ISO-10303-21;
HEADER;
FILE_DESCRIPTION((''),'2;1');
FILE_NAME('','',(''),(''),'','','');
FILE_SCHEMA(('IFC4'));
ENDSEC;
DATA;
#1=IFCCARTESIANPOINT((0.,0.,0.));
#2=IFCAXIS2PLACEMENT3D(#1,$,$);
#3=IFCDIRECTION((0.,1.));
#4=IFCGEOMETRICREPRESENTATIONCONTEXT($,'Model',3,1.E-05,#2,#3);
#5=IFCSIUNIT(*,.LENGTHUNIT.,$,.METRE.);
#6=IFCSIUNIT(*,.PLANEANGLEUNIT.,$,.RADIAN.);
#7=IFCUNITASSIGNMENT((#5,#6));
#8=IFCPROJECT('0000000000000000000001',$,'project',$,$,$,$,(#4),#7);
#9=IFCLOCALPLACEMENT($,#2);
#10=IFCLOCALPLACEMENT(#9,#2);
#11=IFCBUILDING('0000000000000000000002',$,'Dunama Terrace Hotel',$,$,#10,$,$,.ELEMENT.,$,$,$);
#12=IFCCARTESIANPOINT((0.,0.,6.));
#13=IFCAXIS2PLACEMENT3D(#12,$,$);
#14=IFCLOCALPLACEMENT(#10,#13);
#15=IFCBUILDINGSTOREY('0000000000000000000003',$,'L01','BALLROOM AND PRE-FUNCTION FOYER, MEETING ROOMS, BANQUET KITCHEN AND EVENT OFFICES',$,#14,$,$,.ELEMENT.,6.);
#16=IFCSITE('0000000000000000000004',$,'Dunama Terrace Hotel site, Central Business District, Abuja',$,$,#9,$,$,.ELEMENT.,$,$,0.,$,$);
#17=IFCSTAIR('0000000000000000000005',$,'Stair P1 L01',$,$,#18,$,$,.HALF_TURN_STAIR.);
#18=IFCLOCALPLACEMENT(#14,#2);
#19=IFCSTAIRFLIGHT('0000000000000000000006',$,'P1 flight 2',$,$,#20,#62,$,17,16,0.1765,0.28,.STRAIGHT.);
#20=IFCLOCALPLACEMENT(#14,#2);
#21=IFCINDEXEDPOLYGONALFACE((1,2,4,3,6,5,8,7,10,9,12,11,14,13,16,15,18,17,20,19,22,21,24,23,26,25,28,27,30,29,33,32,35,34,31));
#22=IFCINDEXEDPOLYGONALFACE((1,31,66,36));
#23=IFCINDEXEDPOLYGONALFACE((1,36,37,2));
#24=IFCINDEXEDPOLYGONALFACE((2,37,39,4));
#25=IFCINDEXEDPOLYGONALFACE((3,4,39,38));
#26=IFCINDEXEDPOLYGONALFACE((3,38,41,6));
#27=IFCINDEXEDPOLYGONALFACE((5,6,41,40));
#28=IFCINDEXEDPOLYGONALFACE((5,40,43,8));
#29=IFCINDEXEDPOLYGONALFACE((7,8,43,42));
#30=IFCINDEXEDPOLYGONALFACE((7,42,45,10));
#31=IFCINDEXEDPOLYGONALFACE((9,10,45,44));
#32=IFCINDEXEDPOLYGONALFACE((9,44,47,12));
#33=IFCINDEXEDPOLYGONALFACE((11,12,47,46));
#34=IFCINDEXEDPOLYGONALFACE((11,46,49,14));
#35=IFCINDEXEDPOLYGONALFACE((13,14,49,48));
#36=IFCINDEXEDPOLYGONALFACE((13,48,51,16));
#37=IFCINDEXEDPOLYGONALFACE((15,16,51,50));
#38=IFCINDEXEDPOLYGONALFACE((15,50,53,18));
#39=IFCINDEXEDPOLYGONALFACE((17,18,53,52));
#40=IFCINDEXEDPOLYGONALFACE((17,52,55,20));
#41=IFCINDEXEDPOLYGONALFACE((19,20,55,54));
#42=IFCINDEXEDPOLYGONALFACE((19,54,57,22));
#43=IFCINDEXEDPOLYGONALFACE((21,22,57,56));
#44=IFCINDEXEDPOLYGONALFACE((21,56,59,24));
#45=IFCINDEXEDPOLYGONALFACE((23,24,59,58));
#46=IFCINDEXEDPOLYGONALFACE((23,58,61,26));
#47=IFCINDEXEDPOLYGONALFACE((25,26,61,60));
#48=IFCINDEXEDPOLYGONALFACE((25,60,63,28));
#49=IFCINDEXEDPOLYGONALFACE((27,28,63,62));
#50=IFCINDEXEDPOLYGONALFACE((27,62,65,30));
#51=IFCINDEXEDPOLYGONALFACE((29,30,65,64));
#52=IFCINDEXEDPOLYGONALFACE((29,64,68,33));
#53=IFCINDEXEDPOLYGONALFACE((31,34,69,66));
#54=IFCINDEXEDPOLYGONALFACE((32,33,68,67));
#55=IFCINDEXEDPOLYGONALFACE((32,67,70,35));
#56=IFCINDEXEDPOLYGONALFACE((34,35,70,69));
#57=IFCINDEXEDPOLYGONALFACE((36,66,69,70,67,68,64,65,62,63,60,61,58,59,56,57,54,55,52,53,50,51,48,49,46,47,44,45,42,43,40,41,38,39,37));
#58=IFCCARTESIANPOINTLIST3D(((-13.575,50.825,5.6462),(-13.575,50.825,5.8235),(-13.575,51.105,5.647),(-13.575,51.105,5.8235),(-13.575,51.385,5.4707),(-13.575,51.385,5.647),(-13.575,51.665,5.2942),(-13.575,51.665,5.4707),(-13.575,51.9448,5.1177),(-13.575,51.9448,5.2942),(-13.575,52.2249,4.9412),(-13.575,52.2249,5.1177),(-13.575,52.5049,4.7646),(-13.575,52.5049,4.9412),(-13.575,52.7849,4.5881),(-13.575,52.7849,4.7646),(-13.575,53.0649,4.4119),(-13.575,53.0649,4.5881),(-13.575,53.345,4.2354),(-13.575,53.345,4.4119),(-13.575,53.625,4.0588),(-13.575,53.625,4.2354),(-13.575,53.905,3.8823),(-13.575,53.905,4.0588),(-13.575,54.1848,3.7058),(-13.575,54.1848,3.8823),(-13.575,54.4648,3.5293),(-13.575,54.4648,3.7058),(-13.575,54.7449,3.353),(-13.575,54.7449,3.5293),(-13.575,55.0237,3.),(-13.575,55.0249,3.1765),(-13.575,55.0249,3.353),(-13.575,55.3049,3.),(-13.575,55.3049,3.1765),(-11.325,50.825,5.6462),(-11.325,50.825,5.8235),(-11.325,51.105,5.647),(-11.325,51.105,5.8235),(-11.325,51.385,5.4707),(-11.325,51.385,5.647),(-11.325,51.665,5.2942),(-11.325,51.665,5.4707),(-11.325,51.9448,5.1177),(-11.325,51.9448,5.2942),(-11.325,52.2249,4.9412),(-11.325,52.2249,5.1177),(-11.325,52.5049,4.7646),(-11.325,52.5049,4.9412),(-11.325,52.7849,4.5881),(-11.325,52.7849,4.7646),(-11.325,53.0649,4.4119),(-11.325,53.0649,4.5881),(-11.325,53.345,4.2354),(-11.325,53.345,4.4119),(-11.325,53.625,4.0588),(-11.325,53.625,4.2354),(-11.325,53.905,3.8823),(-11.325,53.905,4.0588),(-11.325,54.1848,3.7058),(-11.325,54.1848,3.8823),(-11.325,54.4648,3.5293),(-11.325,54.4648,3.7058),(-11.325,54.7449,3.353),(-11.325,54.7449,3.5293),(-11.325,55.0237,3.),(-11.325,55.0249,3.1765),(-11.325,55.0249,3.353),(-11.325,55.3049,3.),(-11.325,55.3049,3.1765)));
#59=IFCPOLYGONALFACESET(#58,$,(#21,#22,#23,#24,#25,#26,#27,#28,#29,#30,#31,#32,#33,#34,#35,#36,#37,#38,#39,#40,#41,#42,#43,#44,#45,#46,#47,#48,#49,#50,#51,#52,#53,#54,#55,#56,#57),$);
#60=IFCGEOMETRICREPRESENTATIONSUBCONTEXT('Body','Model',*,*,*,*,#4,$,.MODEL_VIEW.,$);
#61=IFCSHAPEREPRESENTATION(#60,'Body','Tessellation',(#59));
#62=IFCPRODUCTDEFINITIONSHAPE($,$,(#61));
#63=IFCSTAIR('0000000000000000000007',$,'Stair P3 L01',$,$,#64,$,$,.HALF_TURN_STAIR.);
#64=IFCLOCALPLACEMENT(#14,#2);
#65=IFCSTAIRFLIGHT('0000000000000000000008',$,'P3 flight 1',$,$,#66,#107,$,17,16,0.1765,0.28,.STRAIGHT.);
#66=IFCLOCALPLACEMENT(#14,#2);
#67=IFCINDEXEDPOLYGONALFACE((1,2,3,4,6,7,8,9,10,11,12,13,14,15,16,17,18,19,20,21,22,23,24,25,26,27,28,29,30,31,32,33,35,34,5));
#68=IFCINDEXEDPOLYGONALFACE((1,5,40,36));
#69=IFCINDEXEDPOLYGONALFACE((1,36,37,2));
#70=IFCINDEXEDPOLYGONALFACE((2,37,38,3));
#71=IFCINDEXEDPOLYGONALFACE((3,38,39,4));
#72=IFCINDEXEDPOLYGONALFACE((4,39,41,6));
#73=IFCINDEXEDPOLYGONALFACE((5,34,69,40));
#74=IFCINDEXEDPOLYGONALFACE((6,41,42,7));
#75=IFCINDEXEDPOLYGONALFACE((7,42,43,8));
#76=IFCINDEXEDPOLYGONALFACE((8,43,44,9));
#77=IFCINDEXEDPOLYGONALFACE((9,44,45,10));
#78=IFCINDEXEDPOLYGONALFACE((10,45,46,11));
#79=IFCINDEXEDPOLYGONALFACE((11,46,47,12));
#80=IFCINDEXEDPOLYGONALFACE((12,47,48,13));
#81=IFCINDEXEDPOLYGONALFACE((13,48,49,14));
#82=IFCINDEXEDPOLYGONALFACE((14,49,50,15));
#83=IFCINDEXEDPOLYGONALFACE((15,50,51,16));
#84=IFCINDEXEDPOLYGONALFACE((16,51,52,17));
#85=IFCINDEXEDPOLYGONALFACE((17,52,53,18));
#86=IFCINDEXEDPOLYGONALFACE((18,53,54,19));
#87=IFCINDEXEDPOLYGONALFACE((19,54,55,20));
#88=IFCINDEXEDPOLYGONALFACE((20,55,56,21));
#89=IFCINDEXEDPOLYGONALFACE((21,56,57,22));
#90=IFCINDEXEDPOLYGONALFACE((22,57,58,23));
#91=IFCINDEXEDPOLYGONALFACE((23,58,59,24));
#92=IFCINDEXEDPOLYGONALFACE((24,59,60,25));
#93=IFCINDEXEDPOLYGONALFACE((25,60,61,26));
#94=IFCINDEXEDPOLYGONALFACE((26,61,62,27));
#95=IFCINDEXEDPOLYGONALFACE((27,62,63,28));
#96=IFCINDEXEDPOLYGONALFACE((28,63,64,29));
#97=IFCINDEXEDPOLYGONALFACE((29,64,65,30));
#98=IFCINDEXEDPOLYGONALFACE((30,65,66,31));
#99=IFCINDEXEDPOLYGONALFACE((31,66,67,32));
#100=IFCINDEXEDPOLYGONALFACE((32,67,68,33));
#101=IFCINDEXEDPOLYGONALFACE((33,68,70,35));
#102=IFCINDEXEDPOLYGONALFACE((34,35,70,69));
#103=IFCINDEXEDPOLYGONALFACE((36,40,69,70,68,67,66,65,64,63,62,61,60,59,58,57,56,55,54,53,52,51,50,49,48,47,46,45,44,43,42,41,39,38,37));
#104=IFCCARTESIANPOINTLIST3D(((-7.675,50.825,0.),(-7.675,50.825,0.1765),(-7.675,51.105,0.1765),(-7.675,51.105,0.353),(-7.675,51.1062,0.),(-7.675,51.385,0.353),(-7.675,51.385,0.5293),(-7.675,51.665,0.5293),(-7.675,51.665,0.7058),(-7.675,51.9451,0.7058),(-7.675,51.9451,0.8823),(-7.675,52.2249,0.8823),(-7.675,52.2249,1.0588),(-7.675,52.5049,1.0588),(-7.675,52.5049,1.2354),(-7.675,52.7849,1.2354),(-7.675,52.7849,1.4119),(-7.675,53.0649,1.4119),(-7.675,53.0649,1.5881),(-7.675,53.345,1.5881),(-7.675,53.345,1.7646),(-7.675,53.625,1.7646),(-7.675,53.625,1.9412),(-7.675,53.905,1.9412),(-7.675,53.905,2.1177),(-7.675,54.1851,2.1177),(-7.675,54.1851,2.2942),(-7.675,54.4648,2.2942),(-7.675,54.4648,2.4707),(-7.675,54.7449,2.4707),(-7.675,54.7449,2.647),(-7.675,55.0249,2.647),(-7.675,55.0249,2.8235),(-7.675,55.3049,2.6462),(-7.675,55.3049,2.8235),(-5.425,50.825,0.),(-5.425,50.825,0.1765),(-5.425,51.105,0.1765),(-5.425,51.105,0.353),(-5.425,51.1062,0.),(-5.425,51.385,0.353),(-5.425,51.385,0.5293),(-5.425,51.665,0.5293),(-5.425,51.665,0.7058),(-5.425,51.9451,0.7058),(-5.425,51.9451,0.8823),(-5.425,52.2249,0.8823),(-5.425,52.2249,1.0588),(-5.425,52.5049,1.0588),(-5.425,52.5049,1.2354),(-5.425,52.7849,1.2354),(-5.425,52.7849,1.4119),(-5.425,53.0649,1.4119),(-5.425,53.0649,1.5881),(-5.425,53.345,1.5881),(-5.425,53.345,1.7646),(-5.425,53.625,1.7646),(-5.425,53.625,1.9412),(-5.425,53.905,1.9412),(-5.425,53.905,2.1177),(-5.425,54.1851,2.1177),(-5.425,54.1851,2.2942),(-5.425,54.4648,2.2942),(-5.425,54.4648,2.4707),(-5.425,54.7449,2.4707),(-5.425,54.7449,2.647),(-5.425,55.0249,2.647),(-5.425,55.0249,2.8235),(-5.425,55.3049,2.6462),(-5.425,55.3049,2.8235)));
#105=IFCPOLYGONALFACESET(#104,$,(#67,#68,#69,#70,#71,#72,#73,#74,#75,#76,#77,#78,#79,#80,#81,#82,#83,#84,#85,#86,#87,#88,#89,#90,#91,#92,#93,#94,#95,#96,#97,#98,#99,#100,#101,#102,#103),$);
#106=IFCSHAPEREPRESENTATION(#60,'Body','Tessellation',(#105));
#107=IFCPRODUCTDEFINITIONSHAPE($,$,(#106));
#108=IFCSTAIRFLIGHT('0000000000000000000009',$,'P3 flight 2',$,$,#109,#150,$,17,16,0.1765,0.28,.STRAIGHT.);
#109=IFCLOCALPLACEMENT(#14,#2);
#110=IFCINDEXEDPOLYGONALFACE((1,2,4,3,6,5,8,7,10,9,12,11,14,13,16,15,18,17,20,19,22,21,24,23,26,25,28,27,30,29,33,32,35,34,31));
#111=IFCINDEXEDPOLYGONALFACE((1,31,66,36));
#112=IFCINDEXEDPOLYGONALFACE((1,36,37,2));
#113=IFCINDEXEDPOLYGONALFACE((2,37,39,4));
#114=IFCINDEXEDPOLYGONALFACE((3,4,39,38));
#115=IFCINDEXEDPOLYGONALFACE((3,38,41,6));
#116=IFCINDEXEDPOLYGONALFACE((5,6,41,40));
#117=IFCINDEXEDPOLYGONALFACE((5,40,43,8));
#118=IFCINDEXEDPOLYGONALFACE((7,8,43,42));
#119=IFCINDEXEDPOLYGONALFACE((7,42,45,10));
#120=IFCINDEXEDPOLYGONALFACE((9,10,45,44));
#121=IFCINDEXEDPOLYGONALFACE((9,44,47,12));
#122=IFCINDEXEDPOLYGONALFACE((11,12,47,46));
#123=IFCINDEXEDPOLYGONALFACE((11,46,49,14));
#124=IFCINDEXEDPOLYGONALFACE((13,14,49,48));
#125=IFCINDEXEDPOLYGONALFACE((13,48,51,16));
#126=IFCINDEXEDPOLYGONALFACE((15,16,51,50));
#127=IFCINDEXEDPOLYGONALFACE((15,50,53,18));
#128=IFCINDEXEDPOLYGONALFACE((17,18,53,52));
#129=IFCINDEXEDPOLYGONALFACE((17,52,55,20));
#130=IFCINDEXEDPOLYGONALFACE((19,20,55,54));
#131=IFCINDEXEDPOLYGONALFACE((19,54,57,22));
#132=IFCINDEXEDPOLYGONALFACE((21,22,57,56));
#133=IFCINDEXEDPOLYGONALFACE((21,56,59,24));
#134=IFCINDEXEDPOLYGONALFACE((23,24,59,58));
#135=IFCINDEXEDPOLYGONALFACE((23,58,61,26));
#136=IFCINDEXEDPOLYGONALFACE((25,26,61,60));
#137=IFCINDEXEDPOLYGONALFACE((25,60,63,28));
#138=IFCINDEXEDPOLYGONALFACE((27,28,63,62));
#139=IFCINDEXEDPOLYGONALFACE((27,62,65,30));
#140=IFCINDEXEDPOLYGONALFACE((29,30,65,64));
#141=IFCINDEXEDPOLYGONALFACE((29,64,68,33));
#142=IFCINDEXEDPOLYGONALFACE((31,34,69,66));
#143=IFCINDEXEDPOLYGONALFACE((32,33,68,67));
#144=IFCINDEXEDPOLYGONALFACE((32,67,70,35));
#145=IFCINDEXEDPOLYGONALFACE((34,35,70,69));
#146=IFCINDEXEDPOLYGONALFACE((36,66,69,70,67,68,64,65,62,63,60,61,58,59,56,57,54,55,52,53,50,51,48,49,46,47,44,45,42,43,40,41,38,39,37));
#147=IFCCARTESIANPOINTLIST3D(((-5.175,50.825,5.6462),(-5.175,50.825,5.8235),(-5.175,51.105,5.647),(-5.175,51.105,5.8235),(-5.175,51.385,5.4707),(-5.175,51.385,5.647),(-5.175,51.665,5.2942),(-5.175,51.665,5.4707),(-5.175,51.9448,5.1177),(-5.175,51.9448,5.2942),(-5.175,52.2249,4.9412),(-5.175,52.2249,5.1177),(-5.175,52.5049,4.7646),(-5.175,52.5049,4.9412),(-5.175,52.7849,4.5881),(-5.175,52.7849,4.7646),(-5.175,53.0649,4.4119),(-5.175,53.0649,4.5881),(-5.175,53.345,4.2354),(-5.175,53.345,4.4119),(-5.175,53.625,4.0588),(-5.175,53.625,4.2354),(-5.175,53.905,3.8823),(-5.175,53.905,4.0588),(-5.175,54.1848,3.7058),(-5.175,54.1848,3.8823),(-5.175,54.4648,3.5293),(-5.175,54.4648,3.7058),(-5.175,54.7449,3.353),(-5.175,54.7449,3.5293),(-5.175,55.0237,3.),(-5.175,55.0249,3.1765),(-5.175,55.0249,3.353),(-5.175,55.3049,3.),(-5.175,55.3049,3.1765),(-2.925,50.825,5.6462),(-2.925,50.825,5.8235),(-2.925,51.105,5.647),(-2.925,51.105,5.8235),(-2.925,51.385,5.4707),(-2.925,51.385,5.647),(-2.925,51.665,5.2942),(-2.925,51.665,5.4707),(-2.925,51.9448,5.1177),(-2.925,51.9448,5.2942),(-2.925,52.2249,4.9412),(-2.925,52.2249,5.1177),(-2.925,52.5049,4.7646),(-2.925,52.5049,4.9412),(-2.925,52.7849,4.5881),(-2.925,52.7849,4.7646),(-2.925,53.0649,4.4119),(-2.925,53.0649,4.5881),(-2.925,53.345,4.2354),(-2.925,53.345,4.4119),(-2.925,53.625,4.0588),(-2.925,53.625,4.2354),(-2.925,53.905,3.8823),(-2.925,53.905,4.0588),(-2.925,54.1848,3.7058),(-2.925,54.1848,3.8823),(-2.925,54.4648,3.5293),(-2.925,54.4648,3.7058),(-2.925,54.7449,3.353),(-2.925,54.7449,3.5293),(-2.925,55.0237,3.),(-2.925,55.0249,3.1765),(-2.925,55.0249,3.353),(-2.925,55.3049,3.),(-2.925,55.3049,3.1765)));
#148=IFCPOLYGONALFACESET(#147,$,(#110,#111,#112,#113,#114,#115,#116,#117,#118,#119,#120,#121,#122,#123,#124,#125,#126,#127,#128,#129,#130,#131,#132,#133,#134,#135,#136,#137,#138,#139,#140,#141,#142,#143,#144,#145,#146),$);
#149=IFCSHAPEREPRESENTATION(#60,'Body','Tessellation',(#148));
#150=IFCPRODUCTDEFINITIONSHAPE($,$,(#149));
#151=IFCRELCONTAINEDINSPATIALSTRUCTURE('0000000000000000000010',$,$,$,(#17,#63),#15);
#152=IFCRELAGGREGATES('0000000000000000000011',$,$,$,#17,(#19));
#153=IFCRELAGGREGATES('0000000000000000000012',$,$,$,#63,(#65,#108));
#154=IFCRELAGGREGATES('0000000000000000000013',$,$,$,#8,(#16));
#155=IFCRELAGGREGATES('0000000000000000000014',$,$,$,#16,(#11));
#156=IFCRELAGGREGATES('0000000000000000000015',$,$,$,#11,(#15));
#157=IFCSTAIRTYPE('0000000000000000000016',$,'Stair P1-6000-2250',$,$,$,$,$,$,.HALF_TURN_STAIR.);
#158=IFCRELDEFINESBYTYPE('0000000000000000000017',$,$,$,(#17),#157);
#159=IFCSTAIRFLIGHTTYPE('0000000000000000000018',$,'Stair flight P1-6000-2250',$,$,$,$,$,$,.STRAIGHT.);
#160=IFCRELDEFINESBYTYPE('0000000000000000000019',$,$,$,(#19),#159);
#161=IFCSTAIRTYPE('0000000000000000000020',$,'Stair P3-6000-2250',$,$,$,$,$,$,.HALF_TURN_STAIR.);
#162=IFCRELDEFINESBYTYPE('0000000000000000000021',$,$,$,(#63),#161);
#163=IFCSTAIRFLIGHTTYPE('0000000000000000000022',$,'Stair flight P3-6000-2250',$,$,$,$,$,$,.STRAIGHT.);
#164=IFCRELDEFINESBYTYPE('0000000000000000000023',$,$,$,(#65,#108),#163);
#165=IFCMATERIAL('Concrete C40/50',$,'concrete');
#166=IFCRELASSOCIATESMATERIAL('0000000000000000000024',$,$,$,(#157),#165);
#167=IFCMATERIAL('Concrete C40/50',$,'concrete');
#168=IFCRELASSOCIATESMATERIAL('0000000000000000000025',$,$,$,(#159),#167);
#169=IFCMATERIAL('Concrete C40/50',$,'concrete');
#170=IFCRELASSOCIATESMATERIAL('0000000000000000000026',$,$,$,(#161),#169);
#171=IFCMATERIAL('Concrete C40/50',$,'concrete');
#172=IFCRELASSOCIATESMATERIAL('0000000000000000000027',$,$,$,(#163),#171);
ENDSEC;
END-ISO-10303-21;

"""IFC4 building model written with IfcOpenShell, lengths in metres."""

from ifc_helpers import new_model, si_unit, direction, frame, origin, place, context, subcontext, project, spatial, polyline, outline, extrude, material, type_object, element, aggregate, save


model = new_model("IFC4")

# Units and contexts
model_context = context("Model", 3, precision=1e-05, world=origin(), true_north=direction((0.0, 1.0)))
body_context = subcontext(model_context, "Body", "Model", "MODEL_VIEW")
ifc_project = project(units=[si_unit("LENGTHUNIT", "METRE"), si_unit("PLANEANGLEUNIT", "RADIAN")], contexts=[model_context])

# Site, building, storey
site_placement = place(None, origin())
site = spatial("IfcSite", under=ifc_project, at=site_placement, Name="Dunama Terrace Hotel site, Central Business District, Abuja", CompositionType="ELEMENT", RefElevation=0.0)
building_placement = place(site_placement, origin())
building = spatial("IfcBuilding", under=site, at=building_placement, Name="Dunama Terrace Hotel", CompositionType="ELEMENT")
storey_placement = place(building_placement, frame((0.0, 0.0, 6.0)))
storey = spatial("IfcBuildingStorey", under=building, at=storey_placement, Name="L01", Description="BALLROOM AND PRE-FUNCTION FOYER, MEETING ROOMS, BANQUET KITCHEN AND EVENT OFFICES", CompositionType="ELEMENT", Elevation=6.0)

# Stair, stair flight
ifc_material_1 = material(Name="Concrete C40/50", Category="concrete")
stair_type_1 = type_object("IfcStairType", Name="Stair P1-6000-2250", PredefinedType="HALF_TURN_STAIR", material=ifc_material_1)
stair_1_placement = place(storey_placement, origin())
stair_1 = element("IfcStair", 1, at=stair_1_placement, inside=storey, type_object=stair_type_1, Name="Stair P1 L01", PredefinedType="HALF_TURN_STAIR")
ifc_material_2 = material(Name="Concrete C40/50", Category="concrete")
stair_flight_type_1 = type_object("IfcStairFlightType", Name="Stair flight P1-6000-2250", PredefinedType="STRAIGHT", material=ifc_material_2)
stair_flight_1_placement = place(storey_placement, frame((-12.45, 55.3049, 3.0), z_axis=(0.0, 0.0, 1.0), x_axis=(0.0, -1.0, 0.0)))
stair_flight_1 = element("IfcStairFlight", 2, at=stair_flight_1_placement, type_object=stair_flight_type_1, Name="P1 flight 2", NumberOfRisers=17, NumberOfTreads=16, PredefinedType="STRAIGHT", RiserHeight=0.1765, TreadLength=0.28, context=body_context, shape_type="SweptSolid", body=[
    extrude(outline(polyline([(0.0, 0.0), (0.0, 0.1765), (0.28, 0.1765), (0.28, 0.353), (0.5601, 0.353), (0.5601, 0.5293), (0.8401, 0.5293), (0.8401, 0.7058), (1.1201, 0.7058), (1.1201, 0.8823), (1.3999, 0.8823), (1.3999, 1.0588), (1.6799, 1.0588), (1.6799, 1.2354), (1.96, 1.2354), (1.96, 1.4119), (2.24, 1.4119), (2.24, 1.5881), (2.52, 1.5881), (2.52, 1.7646), (2.8, 1.7646), (2.8, 1.9412), (3.0801, 1.9412), (3.0801, 2.1177), (3.3601, 2.1177), (3.3601, 2.2942), (3.6399, 2.2942), (3.6399, 2.4707), (3.9199, 2.4707), (3.9199, 2.647), (4.2, 2.647), (4.2, 2.8235), (4.48, 2.8235), (4.48, 3.0), (4.48, 2.6462), (0.2812, 0.0), (0.0, 0.0)])), frame((0.0, 1.125, 0.0), z_axis=(0.0, -1.0, 0.0), x_axis=(1.0, 0.0, 0.0)), (0.0, 0.0, 1.0), 2.25),
])
aggregate(stair_1, [stair_flight_1])

# Stair, stair flights
ifc_material_3 = material(Name="Concrete C40/50", Category="concrete")
stair_type_2 = type_object("IfcStairType", Name="Stair P3-6000-2250", PredefinedType="HALF_TURN_STAIR", material=ifc_material_3)
stair_2_placement = place(storey_placement, origin())
stair_2 = element("IfcStair", 3, at=stair_2_placement, inside=storey, type_object=stair_type_2, Name="Stair P3 L01", PredefinedType="HALF_TURN_STAIR")
ifc_material_4 = material(Name="Concrete C40/50", Category="concrete")
stair_flight_type_2 = type_object("IfcStairFlightType", Name="Stair flight P3-6000-2250", PredefinedType="STRAIGHT", material=ifc_material_4)
stair_flight_2_placement = place(storey_placement, frame((-6.55, 50.825, 0.0), z_axis=(0.0, 0.0, 1.0), x_axis=(0.0, 1.0, 0.0)))
stair_flight_2 = element("IfcStairFlight", 4, at=stair_flight_2_placement, type_object=stair_flight_type_2, Name="P3 flight 1", NumberOfRisers=17, NumberOfTreads=16, PredefinedType="STRAIGHT", RiserHeight=0.1765, TreadLength=0.28, context=body_context, shape_type="SweptSolid", body=[
    extrude(outline(polyline([(0.0, 0.0), (0.0, 0.1765), (0.28, 0.1765), (0.28, 0.353), (0.5601, 0.353), (0.5601, 0.5293), (0.8401, 0.5293), (0.8401, 0.7058), (1.1201, 0.7058), (1.1201, 0.8823), (1.3999, 0.8823), (1.3999, 1.0588), (1.6799, 1.0588), (1.6799, 1.2354), (1.96, 1.2354), (1.96, 1.4119), (2.24, 1.4119), (2.24, 1.5881), (2.52, 1.5881), (2.52, 1.7646), (2.8, 1.7646), (2.8, 1.9412), (3.0801, 1.9412), (3.0801, 2.1177), (3.3601, 2.1177), (3.3601, 2.2942), (3.6399, 2.2942), (3.6399, 2.4707), (3.9199, 2.4707), (3.9199, 2.647), (4.2, 2.647), (4.2, 2.8235), (4.48, 2.8235), (4.48, 3.0), (4.48, 2.6462), (0.2812, 0.0), (0.0, 0.0)])), frame((0.0, 1.125, 0.0), z_axis=(0.0, -1.0, 0.0), x_axis=(1.0, 0.0, 0.0)), (0.0, 0.0, 1.0), 2.25),
])
stair_flight_3_placement = place(storey_placement, frame((-4.05, 55.3049, 3.0), z_axis=(0.0, 0.0, 1.0), x_axis=(0.0, -1.0, 0.0)))
stair_flight_3 = element("IfcStairFlight", 5, at=stair_flight_3_placement, type_object=stair_flight_type_2, Name="P3 flight 2", NumberOfRisers=17, NumberOfTreads=16, PredefinedType="STRAIGHT", RiserHeight=0.1765, TreadLength=0.28, context=body_context, shape_type="SweptSolid", body=[
    extrude(outline(polyline([(0.0, 0.0), (0.0, 0.1765), (0.28, 0.1765), (0.28, 0.353), (0.5601, 0.353), (0.5601, 0.5293), (0.8401, 0.5293), (0.8401, 0.7058), (1.1201, 0.7058), (1.1201, 0.8823), (1.3999, 0.8823), (1.3999, 1.0588), (1.6799, 1.0588), (1.6799, 1.2354), (1.96, 1.2354), (1.96, 1.4119), (2.24, 1.4119), (2.24, 1.5881), (2.52, 1.5881), (2.52, 1.7646), (2.8, 1.7646), (2.8, 1.9412), (3.0801, 1.9412), (3.0801, 2.1177), (3.3601, 2.1177), (3.3601, 2.2942), (3.6399, 2.2942), (3.6399, 2.4707), (3.9199, 2.4707), (3.9199, 2.647), (4.2, 2.647), (4.2, 2.8235), (4.48, 2.8235), (4.48, 3.0), (4.48, 2.6462), (0.2812, 0.0), (0.0, 0.0)])), frame((0.0, 1.125, 0.0), z_axis=(0.0, -1.0, 0.0), x_axis=(1.0, 0.0, 0.0)), (0.0, 0.0, 1.0), 2.25),
])
aggregate(stair_2, [stair_flight_2, stair_flight_3])

save(model, "model.ifc")
